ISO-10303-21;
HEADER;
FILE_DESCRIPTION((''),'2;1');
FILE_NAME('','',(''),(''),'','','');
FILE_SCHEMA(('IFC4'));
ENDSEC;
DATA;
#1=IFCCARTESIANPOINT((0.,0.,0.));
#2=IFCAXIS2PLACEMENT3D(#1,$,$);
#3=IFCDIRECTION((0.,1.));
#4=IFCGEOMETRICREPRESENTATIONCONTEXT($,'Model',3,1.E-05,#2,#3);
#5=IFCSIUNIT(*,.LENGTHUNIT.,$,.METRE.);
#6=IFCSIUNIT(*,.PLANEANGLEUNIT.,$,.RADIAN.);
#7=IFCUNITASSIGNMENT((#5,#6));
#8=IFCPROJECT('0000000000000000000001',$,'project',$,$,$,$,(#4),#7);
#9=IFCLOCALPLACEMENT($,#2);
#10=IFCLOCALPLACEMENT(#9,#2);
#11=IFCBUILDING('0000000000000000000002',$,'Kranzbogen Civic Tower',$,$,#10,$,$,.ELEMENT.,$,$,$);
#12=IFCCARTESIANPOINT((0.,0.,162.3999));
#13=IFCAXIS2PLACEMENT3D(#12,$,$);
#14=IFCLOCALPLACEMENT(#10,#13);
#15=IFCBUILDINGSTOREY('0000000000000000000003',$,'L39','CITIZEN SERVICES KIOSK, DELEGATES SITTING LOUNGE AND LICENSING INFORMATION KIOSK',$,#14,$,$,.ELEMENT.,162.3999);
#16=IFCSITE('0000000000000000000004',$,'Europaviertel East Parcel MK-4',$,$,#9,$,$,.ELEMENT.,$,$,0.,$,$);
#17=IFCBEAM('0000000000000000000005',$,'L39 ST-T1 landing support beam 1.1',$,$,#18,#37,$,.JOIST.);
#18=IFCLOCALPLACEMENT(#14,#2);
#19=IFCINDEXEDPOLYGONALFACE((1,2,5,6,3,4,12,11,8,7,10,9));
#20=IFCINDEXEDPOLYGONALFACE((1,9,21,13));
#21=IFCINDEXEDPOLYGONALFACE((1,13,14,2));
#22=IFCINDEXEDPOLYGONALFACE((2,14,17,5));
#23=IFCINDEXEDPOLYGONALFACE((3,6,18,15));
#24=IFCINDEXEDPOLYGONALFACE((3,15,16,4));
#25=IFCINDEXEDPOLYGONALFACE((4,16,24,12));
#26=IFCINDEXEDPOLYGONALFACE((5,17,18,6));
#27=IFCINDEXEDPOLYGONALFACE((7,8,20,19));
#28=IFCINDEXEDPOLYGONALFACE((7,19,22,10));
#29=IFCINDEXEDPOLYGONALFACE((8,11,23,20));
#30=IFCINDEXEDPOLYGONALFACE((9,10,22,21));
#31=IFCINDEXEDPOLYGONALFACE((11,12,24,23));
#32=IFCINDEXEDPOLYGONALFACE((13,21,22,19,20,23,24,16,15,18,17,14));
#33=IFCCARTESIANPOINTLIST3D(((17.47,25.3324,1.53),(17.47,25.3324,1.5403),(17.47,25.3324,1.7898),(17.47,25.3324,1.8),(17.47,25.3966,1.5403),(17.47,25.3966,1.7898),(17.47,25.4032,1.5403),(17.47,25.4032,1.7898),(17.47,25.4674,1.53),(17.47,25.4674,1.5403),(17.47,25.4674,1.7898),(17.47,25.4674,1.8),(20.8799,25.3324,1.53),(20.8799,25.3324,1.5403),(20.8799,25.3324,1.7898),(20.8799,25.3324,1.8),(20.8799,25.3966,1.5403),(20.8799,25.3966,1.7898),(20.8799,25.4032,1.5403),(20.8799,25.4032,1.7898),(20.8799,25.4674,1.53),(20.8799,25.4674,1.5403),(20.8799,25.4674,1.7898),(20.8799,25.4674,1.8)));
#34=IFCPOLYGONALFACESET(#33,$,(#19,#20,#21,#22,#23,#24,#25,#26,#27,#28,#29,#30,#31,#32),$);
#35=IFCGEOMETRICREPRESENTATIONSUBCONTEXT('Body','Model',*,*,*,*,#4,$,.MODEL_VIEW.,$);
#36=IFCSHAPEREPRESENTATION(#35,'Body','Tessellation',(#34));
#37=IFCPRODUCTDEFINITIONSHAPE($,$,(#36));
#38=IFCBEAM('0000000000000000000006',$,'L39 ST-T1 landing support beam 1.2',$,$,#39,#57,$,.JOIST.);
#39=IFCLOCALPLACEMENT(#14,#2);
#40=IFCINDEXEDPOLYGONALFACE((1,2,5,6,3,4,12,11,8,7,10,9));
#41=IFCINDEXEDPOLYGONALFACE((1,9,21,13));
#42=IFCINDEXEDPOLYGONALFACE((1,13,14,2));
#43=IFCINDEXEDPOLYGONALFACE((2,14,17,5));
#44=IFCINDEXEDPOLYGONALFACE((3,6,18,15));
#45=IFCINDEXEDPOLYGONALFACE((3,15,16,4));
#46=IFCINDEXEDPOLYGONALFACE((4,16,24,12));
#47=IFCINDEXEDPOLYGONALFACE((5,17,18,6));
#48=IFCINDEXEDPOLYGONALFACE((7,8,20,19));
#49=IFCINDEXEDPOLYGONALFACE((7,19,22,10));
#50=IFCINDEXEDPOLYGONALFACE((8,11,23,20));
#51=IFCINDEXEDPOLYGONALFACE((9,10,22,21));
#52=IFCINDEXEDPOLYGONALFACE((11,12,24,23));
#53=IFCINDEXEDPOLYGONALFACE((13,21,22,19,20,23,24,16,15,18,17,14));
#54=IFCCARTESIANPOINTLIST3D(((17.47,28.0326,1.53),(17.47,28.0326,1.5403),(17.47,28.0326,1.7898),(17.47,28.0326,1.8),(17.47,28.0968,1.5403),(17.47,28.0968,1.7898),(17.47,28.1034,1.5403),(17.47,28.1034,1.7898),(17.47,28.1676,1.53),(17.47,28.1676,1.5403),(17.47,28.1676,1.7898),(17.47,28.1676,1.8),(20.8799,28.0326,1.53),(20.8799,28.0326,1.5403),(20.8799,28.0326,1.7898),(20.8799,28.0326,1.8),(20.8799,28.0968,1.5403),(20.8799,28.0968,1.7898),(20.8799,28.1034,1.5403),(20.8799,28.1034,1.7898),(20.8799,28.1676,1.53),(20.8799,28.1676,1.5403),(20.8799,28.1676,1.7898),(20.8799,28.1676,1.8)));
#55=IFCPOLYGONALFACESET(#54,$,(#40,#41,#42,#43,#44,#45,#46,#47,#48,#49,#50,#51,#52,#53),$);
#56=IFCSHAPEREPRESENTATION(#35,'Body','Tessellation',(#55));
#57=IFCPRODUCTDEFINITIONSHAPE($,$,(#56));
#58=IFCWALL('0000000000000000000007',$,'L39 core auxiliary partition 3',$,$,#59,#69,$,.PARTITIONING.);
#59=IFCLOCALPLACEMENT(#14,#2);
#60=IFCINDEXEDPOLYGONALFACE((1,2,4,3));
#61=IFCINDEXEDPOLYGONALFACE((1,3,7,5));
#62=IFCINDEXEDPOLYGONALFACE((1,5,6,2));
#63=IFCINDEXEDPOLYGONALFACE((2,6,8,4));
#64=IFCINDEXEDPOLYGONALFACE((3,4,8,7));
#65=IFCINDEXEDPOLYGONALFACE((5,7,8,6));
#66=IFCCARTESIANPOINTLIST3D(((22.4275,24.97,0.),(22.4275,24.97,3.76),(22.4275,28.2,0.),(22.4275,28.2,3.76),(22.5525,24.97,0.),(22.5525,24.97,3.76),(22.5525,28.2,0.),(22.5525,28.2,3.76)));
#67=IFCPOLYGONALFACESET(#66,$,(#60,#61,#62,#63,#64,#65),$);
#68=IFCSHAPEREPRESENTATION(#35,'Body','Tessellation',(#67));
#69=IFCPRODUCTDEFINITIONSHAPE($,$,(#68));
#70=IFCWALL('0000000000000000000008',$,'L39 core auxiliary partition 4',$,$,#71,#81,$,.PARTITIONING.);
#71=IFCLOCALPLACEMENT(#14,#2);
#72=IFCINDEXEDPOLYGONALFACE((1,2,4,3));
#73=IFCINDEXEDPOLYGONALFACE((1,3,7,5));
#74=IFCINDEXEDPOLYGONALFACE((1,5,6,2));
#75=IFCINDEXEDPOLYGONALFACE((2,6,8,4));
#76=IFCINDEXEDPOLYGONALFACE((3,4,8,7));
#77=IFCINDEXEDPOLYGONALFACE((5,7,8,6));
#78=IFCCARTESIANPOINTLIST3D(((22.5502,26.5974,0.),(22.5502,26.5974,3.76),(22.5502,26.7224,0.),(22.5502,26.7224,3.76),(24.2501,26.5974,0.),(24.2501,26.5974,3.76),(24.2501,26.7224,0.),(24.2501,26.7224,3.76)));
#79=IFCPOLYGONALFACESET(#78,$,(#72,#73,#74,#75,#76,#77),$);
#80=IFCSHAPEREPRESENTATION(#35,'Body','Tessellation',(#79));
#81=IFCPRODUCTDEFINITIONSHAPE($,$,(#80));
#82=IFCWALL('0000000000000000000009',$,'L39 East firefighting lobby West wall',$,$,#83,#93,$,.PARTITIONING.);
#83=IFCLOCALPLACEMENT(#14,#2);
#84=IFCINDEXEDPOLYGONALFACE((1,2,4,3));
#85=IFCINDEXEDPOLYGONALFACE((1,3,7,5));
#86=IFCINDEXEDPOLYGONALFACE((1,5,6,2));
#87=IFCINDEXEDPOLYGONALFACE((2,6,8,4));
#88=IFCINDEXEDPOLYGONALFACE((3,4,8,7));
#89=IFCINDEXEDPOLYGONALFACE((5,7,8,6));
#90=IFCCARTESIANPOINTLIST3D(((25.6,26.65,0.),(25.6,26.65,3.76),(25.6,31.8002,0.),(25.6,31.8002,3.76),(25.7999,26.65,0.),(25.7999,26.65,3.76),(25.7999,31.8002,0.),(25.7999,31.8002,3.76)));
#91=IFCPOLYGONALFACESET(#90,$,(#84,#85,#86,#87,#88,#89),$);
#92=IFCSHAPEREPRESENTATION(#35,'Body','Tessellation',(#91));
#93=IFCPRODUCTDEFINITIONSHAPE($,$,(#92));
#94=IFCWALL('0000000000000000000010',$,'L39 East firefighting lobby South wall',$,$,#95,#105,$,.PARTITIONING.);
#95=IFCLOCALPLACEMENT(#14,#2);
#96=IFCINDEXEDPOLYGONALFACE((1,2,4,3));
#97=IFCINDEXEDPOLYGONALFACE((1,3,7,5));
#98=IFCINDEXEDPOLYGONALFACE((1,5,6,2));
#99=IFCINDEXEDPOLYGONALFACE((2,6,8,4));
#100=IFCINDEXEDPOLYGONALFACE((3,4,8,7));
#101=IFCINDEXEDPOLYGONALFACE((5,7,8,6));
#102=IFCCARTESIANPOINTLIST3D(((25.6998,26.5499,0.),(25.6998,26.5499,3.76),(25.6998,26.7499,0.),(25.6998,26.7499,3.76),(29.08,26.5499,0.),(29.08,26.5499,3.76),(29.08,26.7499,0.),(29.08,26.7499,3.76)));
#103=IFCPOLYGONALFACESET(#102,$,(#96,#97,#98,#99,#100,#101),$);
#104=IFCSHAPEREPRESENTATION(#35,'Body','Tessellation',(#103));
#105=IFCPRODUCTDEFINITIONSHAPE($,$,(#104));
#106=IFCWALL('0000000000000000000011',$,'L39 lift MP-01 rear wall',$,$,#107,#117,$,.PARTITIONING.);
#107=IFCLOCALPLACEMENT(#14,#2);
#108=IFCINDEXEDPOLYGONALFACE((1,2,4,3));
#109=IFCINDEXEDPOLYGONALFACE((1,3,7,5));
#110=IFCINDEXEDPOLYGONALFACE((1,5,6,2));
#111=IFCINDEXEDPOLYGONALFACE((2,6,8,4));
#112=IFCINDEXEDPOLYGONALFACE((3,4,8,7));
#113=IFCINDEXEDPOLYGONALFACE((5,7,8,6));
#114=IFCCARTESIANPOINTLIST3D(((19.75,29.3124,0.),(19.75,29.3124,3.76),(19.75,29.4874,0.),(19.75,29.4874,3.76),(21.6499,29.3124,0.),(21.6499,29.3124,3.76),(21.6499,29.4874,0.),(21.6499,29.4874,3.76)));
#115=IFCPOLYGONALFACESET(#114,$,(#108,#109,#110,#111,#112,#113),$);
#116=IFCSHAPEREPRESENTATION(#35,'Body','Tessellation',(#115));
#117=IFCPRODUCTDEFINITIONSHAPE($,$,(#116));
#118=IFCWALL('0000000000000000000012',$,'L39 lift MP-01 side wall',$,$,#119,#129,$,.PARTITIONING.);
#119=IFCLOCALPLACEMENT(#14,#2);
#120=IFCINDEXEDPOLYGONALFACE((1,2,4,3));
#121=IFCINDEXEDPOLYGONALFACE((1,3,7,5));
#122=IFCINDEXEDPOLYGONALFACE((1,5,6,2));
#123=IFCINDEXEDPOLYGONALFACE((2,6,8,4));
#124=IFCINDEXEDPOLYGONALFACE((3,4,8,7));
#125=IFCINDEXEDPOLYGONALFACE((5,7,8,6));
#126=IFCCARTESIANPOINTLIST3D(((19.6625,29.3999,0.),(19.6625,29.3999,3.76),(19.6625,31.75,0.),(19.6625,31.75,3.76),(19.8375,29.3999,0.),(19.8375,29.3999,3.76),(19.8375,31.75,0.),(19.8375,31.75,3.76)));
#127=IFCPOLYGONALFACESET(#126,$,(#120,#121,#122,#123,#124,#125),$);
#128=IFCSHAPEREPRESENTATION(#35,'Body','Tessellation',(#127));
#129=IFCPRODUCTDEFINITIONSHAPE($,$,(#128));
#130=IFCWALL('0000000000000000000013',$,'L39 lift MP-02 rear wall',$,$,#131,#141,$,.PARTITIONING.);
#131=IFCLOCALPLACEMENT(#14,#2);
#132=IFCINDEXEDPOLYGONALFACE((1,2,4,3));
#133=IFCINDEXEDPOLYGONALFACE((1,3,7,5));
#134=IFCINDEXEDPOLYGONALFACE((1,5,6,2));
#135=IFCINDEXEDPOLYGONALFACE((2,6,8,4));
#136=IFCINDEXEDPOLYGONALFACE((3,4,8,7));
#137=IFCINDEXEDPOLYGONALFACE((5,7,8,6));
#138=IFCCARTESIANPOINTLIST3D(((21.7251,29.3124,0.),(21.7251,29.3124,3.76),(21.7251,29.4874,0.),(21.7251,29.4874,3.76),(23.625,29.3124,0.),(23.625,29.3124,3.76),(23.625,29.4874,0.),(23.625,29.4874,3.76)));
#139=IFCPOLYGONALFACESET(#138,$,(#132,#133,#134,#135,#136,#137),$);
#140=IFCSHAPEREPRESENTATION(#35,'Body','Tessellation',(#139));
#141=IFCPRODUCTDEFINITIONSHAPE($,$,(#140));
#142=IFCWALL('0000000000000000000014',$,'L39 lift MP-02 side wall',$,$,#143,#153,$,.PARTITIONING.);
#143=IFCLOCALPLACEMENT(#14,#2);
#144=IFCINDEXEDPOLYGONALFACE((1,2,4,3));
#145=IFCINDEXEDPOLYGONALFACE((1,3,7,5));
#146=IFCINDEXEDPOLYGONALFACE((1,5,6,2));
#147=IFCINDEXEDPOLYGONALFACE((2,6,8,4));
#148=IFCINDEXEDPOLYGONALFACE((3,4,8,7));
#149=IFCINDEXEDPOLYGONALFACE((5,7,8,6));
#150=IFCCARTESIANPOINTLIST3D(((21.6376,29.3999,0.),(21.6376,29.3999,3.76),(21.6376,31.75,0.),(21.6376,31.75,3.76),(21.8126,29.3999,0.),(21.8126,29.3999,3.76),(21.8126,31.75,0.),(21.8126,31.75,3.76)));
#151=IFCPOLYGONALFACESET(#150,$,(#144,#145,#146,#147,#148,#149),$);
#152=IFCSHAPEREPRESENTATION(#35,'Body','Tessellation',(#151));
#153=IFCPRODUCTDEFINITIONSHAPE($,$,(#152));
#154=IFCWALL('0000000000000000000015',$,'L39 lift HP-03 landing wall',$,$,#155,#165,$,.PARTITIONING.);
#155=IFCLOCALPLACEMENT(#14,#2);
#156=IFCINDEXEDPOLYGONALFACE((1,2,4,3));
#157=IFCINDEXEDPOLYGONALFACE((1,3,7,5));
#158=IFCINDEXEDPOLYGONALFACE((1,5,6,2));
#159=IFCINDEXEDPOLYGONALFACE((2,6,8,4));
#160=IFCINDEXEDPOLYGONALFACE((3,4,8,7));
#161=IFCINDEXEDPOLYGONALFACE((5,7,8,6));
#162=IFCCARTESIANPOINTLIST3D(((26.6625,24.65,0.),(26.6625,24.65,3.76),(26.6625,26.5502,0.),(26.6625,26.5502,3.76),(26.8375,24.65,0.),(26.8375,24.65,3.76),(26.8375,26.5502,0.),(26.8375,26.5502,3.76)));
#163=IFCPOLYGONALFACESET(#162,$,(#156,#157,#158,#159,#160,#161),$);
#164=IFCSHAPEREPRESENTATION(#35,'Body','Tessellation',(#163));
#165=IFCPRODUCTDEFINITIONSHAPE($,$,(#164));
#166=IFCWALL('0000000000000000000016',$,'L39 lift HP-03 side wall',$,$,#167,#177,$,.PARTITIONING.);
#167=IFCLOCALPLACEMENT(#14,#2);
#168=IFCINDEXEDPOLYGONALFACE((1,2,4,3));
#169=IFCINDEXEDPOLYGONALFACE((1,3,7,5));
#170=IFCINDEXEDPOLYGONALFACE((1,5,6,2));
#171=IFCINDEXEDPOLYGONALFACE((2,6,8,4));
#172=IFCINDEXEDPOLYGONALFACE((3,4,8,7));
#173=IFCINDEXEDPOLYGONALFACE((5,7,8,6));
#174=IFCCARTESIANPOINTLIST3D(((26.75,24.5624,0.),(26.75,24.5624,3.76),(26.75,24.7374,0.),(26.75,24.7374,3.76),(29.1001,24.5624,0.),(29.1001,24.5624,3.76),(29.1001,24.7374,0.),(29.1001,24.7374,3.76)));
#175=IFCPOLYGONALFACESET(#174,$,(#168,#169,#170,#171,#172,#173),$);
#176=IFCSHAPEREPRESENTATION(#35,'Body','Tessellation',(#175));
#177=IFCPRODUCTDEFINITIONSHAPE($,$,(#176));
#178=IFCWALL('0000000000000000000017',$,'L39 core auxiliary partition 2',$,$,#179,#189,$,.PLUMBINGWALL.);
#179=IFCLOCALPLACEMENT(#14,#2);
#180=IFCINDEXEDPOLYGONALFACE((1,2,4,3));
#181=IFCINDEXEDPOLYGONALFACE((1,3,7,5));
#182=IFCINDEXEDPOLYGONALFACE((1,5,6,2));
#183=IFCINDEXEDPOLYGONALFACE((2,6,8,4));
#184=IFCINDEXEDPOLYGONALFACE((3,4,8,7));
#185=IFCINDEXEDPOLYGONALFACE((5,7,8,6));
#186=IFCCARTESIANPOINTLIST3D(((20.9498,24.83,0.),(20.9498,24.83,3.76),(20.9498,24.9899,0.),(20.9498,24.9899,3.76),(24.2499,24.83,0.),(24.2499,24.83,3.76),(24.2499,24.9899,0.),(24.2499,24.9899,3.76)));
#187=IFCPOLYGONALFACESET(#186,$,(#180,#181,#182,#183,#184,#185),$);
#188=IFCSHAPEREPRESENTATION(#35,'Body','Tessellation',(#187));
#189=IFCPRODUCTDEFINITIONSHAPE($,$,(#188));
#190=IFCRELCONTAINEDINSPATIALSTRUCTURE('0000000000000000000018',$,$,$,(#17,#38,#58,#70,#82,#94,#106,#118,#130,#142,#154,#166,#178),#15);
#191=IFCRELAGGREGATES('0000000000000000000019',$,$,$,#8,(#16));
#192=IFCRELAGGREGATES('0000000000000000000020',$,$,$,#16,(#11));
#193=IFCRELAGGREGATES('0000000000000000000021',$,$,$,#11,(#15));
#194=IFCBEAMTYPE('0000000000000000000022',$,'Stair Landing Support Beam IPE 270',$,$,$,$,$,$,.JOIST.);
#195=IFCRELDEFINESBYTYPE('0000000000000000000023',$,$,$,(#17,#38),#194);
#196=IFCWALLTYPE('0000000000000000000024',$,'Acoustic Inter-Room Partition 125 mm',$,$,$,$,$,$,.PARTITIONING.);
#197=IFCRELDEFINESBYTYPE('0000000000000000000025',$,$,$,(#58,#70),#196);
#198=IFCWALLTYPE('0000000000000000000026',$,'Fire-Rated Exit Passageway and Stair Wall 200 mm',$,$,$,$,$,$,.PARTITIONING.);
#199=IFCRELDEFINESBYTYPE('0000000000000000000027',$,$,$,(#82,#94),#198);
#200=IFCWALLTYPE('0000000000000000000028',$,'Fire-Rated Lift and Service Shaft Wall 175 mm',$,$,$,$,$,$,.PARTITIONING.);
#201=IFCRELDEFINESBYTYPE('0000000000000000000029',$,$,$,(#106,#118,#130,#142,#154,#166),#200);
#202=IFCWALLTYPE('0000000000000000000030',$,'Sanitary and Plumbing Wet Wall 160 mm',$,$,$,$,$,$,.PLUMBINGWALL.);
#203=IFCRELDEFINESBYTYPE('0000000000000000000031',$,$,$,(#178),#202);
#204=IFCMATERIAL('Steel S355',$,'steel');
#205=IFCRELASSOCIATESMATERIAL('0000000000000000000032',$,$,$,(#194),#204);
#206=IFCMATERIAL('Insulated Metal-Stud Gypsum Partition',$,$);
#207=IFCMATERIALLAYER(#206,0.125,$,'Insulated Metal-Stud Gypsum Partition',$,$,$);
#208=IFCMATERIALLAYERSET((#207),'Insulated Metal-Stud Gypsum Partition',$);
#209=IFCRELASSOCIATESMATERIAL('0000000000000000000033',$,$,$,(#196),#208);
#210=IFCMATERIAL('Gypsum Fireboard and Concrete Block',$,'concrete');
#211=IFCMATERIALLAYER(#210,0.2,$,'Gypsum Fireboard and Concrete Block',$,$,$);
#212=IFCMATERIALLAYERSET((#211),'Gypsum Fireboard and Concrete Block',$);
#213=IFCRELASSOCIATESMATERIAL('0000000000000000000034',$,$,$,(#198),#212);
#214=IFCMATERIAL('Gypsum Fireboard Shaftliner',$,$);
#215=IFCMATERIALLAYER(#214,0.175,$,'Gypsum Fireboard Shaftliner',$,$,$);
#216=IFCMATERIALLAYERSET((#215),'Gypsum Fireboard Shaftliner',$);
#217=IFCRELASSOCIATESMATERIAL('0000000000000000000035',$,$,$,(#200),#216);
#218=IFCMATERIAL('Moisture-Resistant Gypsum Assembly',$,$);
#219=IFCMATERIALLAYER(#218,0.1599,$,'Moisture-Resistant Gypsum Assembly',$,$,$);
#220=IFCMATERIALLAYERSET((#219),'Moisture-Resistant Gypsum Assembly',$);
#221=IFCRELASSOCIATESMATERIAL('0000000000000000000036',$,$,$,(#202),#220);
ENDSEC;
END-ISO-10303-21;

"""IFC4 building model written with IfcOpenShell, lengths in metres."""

from ifc_helpers import new_model, si_unit, direction, frame, frame_2d, origin, origin_2d, place, context, subcontext, project, spatial, rectangle, i_section, extrude, material, layer, layer_set, material_profile, profile_set, type_object, element, save


model = new_model("IFC4")

# Units and contexts
model_context = context("Model", 3, precision=1e-05, world=origin(), true_north=direction((0.0, 1.0)))
body_context = subcontext(model_context, "Body", "Model", "MODEL_VIEW")
ifc_project = project(units=[si_unit("LENGTHUNIT", "METRE"), si_unit("PLANEANGLEUNIT", "RADIAN")], contexts=[model_context])

# Site, building, storey
site_placement = place(None, origin())
site = spatial("IfcSite", under=ifc_project, at=site_placement, Name="Europaviertel East Parcel MK-4", CompositionType="ELEMENT", RefElevation=0.0)
building_placement = place(site_placement, origin())
building = spatial("IfcBuilding", under=site, at=building_placement, Name="Kranzbogen Civic Tower", CompositionType="ELEMENT")
storey_placement = place(building_placement, frame((0.0, 0.0, 162.3999)))
storey = spatial("IfcBuildingStorey", under=building, at=storey_placement, Name="L39", Description="CITIZEN SERVICES KIOSK, DELEGATES SITTING LOUNGE AND LICENSING INFORMATION KIOSK", CompositionType="ELEMENT", Elevation=162.3999)

# Beams
ifc_material_1 = material(Name="Steel S355", Category="steel")
ifc_material_profile = material_profile(ifc_material_1, i_section(OverallWidth=0.135, OverallDepth=0.27, WebThickness=0.0066, FlangeThickness=0.0103, at=origin_2d()), Name="IPE 270")
ifc_profile_set = profile_set([ifc_material_profile], Name="Steel S355")
beam_type = type_object("IfcBeamType", Name="Stair Landing Support Beam IPE 270", PredefinedType="JOIST", material=ifc_profile_set)
for number, where, z_axis, x_axis, name in (
    (1, (20.8799, 25.3999, 1.665), (-1.0, 0.0, 0.0), (0.0, -1.0, 0.0), "L39 ST-T1 landing support beam 1.1"),
    (2, (20.8799, 28.1001, 1.665), (-1.0, 0.0, 0.0), (0.0, -1.0, 0.0), "L39 ST-T1 landing support beam 1.2"),
):
    element("IfcBeam", number, at=place(storey_placement, frame(where, z_axis=z_axis, x_axis=x_axis)), inside=storey, type_object=beam_type, Name=name, PredefinedType="JOIST", context=body_context, shape_type="SweptSolid", body=[
        extrude(i_section(OverallWidth=0.135, OverallDepth=0.27, WebThickness=0.0066, FlangeThickness=0.0103, at=origin_2d()), origin(), (0.0, 0.0, 1.0), 3.4099),
    ])

# Shared definitions
ifc_material_2 = material(Name="Insulated Metal-Stud Gypsum Partition")
ifc_layer_1 = layer(ifc_material_2, 0.125, Name="Insulated Metal-Stud Gypsum Partition")
ifc_layer_set_1 = layer_set([ifc_layer_1], Name="Insulated Metal-Stud Gypsum Partition")
wall_type_1 = type_object("IfcWallType", Name="Acoustic Inter-Room Partition 125 mm", PredefinedType="PARTITIONING", material=ifc_layer_set_1)

# Walls
wall_1_placement = place(storey_placement, frame((22.49, 24.97, 0.0), z_axis=(0.0, 0.0, 1.0), x_axis=(0.0, 1.0, 0.0)))
element("IfcWall", 3, at=wall_1_placement, inside=storey, type_object=wall_type_1, Name="L39 core auxiliary partition 3", PredefinedType="PARTITIONING", context=body_context, shape_type="SweptSolid", body=[
    extrude(rectangle(XDim=3.23, YDim=0.125, at=frame_2d((1.615, 0.0))), origin(), (0.0, 0.0, 1.0), 3.76),
])
wall_2_placement = place(storey_placement, frame((22.55, 26.6599, 0.0), z_axis=(0.0, 0.0, 1.0), x_axis=(1.0, 0.0, 0.0)))
element("IfcWall", 4, at=wall_2_placement, inside=storey, type_object=wall_type_1, Name="L39 core auxiliary partition 4", PredefinedType="PARTITIONING", context=body_context, shape_type="SweptSolid", body=[
    extrude(rectangle(XDim=1.7, YDim=0.125, at=frame_2d((0.8501, 0.0))), origin(), (0.0, 0.0, 1.0), 3.76),
])
ifc_material_3 = material(Name="Gypsum Fireboard and Concrete Block", Category="concrete")
ifc_layer_2 = layer(ifc_material_3, 0.2, Name="Gypsum Fireboard and Concrete Block")
ifc_layer_set_2 = layer_set([ifc_layer_2], Name="Gypsum Fireboard and Concrete Block")
wall_type_2 = type_object("IfcWallType", Name="Fire-Rated Exit Passageway and Stair Wall 200 mm", PredefinedType="PARTITIONING", material=ifc_layer_set_2)
wall_3_placement = place(storey_placement, frame((25.7, 26.6499, 0.0), z_axis=(0.0, 0.0, 1.0), x_axis=(0.0, 1.0, 0.0)))
element("IfcWall", 5, at=wall_3_placement, inside=storey, type_object=wall_type_2, Name="L39 East firefighting lobby West wall", PredefinedType="PARTITIONING", context=body_context, shape_type="SweptSolid", body=[
    extrude(rectangle(XDim=5.1501, YDim=0.2, at=frame_2d((2.5752, 0.0))), origin(), (0.0, 0.0, 1.0), 3.76),
])
wall_4_placement = place(storey_placement, frame((25.7, 26.6499, 0.0), z_axis=(0.0, 0.0, 1.0), x_axis=(1.0, 0.0, 0.0)))
element("IfcWall", 6, at=wall_4_placement, inside=storey, type_object=wall_type_2, Name="L39 East firefighting lobby South wall", PredefinedType="PARTITIONING", context=body_context, shape_type="SweptSolid", body=[
    extrude(rectangle(XDim=3.3801, YDim=0.2, at=frame_2d((1.6899, 0.0))), origin(), (0.0, 0.0, 1.0), 3.76),
])
ifc_material_4 = material(Name="Gypsum Fireboard Shaftliner")
ifc_layer_3 = layer(ifc_material_4, 0.175, Name="Gypsum Fireboard Shaftliner")
ifc_layer_set_3 = layer_set([ifc_layer_3], Name="Gypsum Fireboard Shaftliner")
wall_type_3 = type_object("IfcWallType", Name="Fire-Rated Lift and Service Shaft Wall 175 mm", PredefinedType="PARTITIONING", material=ifc_layer_set_3)
wall_5_placement = place(storey_placement, frame((19.75, 29.3999, 0.0), z_axis=(0.0, 0.0, 1.0), x_axis=(1.0, 0.0, 0.0)))
element("IfcWall", 7, at=wall_5_placement, inside=storey, type_object=wall_type_3, Name="L39 lift MP-01 rear wall", PredefinedType="PARTITIONING", context=body_context, shape_type="SweptSolid", body=[
    extrude(rectangle(XDim=1.8999, YDim=0.175, at=frame_2d((0.95, 0.0))), origin(), (0.0, 0.0, 1.0), 3.76),
])
wall_6_placement = place(storey_placement, frame((19.75, 29.3999, 0.0), z_axis=(0.0, 0.0, 1.0), x_axis=(0.0, 1.0, 0.0)))
element("IfcWall", 8, at=wall_6_placement, inside=storey, type_object=wall_type_3, Name="L39 lift MP-01 side wall", PredefinedType="PARTITIONING", context=body_context, shape_type="SweptSolid", body=[
    extrude(rectangle(XDim=2.3501, YDim=0.175, at=frame_2d((1.175, 0.0))), origin(), (0.0, 0.0, 1.0), 3.76),
])
wall_7_placement = place(storey_placement, frame((21.7251, 29.3999, 0.0), z_axis=(0.0, 0.0, 1.0), x_axis=(1.0, 0.0, 0.0)))
element("IfcWall", 9, at=wall_7_placement, inside=storey, type_object=wall_type_3, Name="L39 lift MP-02 rear wall", PredefinedType="PARTITIONING", context=body_context, shape_type="SweptSolid", body=[
    extrude(rectangle(XDim=1.8999, YDim=0.175, at=frame_2d((0.95, 0.0))), origin(), (0.0, 0.0, 1.0), 3.76),
])
wall_8_placement = place(storey_placement, frame((21.7251, 29.3999, 0.0), z_axis=(0.0, 0.0, 1.0), x_axis=(0.0, 1.0, 0.0)))
element("IfcWall", 10, at=wall_8_placement, inside=storey, type_object=wall_type_3, Name="L39 lift MP-02 side wall", PredefinedType="PARTITIONING", context=body_context, shape_type="SweptSolid", body=[
    extrude(rectangle(XDim=2.3501, YDim=0.175, at=frame_2d((1.175, 0.0))), origin(), (0.0, 0.0, 1.0), 3.76),
])
wall_9_placement = place(storey_placement, frame((26.75, 24.6499, 0.0), z_axis=(0.0, 0.0, 1.0), x_axis=(0.0, 1.0, 0.0)))
element("IfcWall", 11, at=wall_9_placement, inside=storey, type_object=wall_type_3, Name="L39 lift HP-03 landing wall", PredefinedType="PARTITIONING", context=body_context, shape_type="SweptSolid", body=[
    extrude(rectangle(XDim=1.9001, YDim=0.175, at=frame_2d((0.9502, 0.0))), origin(), (0.0, 0.0, 1.0), 3.76),
])
wall_10_placement = place(storey_placement, frame((26.75, 24.6499, 0.0), z_axis=(0.0, 0.0, 1.0), x_axis=(1.0, 0.0, 0.0)))
element("IfcWall", 12, at=wall_10_placement, inside=storey, type_object=wall_type_3, Name="L39 lift HP-03 side wall", PredefinedType="PARTITIONING", context=body_context, shape_type="SweptSolid", body=[
    extrude(rectangle(XDim=2.3501, YDim=0.175, at=frame_2d((1.175, 0.0))), origin(), (0.0, 0.0, 1.0), 3.76),
])
ifc_material_5 = material(Name="Moisture-Resistant Gypsum Assembly")
ifc_layer_4 = layer(ifc_material_5, 0.1599, Name="Moisture-Resistant Gypsum Assembly")
ifc_layer_set_4 = layer_set([ifc_layer_4], Name="Moisture-Resistant Gypsum Assembly")
wall_type_4 = type_object("IfcWallType", Name="Sanitary and Plumbing Wet Wall 160 mm", PredefinedType="PLUMBINGWALL", material=ifc_layer_set_4)
wall_11_placement = place(storey_placement, frame((20.95, 24.9099, 0.0), z_axis=(0.0, 0.0, 1.0), x_axis=(1.0, 0.0, 0.0)))
element("IfcWall", 13, at=wall_11_placement, inside=storey, type_object=wall_type_4, Name="L39 core auxiliary partition 2", PredefinedType="PLUMBINGWALL", context=body_context, shape_type="SweptSolid", body=[
    extrude(rectangle(XDim=3.3, YDim=0.1599, at=frame_2d((1.6499, 0.0))), origin(), (0.0, 0.0, 1.0), 3.76),
])

save(model, "model.ifc")
